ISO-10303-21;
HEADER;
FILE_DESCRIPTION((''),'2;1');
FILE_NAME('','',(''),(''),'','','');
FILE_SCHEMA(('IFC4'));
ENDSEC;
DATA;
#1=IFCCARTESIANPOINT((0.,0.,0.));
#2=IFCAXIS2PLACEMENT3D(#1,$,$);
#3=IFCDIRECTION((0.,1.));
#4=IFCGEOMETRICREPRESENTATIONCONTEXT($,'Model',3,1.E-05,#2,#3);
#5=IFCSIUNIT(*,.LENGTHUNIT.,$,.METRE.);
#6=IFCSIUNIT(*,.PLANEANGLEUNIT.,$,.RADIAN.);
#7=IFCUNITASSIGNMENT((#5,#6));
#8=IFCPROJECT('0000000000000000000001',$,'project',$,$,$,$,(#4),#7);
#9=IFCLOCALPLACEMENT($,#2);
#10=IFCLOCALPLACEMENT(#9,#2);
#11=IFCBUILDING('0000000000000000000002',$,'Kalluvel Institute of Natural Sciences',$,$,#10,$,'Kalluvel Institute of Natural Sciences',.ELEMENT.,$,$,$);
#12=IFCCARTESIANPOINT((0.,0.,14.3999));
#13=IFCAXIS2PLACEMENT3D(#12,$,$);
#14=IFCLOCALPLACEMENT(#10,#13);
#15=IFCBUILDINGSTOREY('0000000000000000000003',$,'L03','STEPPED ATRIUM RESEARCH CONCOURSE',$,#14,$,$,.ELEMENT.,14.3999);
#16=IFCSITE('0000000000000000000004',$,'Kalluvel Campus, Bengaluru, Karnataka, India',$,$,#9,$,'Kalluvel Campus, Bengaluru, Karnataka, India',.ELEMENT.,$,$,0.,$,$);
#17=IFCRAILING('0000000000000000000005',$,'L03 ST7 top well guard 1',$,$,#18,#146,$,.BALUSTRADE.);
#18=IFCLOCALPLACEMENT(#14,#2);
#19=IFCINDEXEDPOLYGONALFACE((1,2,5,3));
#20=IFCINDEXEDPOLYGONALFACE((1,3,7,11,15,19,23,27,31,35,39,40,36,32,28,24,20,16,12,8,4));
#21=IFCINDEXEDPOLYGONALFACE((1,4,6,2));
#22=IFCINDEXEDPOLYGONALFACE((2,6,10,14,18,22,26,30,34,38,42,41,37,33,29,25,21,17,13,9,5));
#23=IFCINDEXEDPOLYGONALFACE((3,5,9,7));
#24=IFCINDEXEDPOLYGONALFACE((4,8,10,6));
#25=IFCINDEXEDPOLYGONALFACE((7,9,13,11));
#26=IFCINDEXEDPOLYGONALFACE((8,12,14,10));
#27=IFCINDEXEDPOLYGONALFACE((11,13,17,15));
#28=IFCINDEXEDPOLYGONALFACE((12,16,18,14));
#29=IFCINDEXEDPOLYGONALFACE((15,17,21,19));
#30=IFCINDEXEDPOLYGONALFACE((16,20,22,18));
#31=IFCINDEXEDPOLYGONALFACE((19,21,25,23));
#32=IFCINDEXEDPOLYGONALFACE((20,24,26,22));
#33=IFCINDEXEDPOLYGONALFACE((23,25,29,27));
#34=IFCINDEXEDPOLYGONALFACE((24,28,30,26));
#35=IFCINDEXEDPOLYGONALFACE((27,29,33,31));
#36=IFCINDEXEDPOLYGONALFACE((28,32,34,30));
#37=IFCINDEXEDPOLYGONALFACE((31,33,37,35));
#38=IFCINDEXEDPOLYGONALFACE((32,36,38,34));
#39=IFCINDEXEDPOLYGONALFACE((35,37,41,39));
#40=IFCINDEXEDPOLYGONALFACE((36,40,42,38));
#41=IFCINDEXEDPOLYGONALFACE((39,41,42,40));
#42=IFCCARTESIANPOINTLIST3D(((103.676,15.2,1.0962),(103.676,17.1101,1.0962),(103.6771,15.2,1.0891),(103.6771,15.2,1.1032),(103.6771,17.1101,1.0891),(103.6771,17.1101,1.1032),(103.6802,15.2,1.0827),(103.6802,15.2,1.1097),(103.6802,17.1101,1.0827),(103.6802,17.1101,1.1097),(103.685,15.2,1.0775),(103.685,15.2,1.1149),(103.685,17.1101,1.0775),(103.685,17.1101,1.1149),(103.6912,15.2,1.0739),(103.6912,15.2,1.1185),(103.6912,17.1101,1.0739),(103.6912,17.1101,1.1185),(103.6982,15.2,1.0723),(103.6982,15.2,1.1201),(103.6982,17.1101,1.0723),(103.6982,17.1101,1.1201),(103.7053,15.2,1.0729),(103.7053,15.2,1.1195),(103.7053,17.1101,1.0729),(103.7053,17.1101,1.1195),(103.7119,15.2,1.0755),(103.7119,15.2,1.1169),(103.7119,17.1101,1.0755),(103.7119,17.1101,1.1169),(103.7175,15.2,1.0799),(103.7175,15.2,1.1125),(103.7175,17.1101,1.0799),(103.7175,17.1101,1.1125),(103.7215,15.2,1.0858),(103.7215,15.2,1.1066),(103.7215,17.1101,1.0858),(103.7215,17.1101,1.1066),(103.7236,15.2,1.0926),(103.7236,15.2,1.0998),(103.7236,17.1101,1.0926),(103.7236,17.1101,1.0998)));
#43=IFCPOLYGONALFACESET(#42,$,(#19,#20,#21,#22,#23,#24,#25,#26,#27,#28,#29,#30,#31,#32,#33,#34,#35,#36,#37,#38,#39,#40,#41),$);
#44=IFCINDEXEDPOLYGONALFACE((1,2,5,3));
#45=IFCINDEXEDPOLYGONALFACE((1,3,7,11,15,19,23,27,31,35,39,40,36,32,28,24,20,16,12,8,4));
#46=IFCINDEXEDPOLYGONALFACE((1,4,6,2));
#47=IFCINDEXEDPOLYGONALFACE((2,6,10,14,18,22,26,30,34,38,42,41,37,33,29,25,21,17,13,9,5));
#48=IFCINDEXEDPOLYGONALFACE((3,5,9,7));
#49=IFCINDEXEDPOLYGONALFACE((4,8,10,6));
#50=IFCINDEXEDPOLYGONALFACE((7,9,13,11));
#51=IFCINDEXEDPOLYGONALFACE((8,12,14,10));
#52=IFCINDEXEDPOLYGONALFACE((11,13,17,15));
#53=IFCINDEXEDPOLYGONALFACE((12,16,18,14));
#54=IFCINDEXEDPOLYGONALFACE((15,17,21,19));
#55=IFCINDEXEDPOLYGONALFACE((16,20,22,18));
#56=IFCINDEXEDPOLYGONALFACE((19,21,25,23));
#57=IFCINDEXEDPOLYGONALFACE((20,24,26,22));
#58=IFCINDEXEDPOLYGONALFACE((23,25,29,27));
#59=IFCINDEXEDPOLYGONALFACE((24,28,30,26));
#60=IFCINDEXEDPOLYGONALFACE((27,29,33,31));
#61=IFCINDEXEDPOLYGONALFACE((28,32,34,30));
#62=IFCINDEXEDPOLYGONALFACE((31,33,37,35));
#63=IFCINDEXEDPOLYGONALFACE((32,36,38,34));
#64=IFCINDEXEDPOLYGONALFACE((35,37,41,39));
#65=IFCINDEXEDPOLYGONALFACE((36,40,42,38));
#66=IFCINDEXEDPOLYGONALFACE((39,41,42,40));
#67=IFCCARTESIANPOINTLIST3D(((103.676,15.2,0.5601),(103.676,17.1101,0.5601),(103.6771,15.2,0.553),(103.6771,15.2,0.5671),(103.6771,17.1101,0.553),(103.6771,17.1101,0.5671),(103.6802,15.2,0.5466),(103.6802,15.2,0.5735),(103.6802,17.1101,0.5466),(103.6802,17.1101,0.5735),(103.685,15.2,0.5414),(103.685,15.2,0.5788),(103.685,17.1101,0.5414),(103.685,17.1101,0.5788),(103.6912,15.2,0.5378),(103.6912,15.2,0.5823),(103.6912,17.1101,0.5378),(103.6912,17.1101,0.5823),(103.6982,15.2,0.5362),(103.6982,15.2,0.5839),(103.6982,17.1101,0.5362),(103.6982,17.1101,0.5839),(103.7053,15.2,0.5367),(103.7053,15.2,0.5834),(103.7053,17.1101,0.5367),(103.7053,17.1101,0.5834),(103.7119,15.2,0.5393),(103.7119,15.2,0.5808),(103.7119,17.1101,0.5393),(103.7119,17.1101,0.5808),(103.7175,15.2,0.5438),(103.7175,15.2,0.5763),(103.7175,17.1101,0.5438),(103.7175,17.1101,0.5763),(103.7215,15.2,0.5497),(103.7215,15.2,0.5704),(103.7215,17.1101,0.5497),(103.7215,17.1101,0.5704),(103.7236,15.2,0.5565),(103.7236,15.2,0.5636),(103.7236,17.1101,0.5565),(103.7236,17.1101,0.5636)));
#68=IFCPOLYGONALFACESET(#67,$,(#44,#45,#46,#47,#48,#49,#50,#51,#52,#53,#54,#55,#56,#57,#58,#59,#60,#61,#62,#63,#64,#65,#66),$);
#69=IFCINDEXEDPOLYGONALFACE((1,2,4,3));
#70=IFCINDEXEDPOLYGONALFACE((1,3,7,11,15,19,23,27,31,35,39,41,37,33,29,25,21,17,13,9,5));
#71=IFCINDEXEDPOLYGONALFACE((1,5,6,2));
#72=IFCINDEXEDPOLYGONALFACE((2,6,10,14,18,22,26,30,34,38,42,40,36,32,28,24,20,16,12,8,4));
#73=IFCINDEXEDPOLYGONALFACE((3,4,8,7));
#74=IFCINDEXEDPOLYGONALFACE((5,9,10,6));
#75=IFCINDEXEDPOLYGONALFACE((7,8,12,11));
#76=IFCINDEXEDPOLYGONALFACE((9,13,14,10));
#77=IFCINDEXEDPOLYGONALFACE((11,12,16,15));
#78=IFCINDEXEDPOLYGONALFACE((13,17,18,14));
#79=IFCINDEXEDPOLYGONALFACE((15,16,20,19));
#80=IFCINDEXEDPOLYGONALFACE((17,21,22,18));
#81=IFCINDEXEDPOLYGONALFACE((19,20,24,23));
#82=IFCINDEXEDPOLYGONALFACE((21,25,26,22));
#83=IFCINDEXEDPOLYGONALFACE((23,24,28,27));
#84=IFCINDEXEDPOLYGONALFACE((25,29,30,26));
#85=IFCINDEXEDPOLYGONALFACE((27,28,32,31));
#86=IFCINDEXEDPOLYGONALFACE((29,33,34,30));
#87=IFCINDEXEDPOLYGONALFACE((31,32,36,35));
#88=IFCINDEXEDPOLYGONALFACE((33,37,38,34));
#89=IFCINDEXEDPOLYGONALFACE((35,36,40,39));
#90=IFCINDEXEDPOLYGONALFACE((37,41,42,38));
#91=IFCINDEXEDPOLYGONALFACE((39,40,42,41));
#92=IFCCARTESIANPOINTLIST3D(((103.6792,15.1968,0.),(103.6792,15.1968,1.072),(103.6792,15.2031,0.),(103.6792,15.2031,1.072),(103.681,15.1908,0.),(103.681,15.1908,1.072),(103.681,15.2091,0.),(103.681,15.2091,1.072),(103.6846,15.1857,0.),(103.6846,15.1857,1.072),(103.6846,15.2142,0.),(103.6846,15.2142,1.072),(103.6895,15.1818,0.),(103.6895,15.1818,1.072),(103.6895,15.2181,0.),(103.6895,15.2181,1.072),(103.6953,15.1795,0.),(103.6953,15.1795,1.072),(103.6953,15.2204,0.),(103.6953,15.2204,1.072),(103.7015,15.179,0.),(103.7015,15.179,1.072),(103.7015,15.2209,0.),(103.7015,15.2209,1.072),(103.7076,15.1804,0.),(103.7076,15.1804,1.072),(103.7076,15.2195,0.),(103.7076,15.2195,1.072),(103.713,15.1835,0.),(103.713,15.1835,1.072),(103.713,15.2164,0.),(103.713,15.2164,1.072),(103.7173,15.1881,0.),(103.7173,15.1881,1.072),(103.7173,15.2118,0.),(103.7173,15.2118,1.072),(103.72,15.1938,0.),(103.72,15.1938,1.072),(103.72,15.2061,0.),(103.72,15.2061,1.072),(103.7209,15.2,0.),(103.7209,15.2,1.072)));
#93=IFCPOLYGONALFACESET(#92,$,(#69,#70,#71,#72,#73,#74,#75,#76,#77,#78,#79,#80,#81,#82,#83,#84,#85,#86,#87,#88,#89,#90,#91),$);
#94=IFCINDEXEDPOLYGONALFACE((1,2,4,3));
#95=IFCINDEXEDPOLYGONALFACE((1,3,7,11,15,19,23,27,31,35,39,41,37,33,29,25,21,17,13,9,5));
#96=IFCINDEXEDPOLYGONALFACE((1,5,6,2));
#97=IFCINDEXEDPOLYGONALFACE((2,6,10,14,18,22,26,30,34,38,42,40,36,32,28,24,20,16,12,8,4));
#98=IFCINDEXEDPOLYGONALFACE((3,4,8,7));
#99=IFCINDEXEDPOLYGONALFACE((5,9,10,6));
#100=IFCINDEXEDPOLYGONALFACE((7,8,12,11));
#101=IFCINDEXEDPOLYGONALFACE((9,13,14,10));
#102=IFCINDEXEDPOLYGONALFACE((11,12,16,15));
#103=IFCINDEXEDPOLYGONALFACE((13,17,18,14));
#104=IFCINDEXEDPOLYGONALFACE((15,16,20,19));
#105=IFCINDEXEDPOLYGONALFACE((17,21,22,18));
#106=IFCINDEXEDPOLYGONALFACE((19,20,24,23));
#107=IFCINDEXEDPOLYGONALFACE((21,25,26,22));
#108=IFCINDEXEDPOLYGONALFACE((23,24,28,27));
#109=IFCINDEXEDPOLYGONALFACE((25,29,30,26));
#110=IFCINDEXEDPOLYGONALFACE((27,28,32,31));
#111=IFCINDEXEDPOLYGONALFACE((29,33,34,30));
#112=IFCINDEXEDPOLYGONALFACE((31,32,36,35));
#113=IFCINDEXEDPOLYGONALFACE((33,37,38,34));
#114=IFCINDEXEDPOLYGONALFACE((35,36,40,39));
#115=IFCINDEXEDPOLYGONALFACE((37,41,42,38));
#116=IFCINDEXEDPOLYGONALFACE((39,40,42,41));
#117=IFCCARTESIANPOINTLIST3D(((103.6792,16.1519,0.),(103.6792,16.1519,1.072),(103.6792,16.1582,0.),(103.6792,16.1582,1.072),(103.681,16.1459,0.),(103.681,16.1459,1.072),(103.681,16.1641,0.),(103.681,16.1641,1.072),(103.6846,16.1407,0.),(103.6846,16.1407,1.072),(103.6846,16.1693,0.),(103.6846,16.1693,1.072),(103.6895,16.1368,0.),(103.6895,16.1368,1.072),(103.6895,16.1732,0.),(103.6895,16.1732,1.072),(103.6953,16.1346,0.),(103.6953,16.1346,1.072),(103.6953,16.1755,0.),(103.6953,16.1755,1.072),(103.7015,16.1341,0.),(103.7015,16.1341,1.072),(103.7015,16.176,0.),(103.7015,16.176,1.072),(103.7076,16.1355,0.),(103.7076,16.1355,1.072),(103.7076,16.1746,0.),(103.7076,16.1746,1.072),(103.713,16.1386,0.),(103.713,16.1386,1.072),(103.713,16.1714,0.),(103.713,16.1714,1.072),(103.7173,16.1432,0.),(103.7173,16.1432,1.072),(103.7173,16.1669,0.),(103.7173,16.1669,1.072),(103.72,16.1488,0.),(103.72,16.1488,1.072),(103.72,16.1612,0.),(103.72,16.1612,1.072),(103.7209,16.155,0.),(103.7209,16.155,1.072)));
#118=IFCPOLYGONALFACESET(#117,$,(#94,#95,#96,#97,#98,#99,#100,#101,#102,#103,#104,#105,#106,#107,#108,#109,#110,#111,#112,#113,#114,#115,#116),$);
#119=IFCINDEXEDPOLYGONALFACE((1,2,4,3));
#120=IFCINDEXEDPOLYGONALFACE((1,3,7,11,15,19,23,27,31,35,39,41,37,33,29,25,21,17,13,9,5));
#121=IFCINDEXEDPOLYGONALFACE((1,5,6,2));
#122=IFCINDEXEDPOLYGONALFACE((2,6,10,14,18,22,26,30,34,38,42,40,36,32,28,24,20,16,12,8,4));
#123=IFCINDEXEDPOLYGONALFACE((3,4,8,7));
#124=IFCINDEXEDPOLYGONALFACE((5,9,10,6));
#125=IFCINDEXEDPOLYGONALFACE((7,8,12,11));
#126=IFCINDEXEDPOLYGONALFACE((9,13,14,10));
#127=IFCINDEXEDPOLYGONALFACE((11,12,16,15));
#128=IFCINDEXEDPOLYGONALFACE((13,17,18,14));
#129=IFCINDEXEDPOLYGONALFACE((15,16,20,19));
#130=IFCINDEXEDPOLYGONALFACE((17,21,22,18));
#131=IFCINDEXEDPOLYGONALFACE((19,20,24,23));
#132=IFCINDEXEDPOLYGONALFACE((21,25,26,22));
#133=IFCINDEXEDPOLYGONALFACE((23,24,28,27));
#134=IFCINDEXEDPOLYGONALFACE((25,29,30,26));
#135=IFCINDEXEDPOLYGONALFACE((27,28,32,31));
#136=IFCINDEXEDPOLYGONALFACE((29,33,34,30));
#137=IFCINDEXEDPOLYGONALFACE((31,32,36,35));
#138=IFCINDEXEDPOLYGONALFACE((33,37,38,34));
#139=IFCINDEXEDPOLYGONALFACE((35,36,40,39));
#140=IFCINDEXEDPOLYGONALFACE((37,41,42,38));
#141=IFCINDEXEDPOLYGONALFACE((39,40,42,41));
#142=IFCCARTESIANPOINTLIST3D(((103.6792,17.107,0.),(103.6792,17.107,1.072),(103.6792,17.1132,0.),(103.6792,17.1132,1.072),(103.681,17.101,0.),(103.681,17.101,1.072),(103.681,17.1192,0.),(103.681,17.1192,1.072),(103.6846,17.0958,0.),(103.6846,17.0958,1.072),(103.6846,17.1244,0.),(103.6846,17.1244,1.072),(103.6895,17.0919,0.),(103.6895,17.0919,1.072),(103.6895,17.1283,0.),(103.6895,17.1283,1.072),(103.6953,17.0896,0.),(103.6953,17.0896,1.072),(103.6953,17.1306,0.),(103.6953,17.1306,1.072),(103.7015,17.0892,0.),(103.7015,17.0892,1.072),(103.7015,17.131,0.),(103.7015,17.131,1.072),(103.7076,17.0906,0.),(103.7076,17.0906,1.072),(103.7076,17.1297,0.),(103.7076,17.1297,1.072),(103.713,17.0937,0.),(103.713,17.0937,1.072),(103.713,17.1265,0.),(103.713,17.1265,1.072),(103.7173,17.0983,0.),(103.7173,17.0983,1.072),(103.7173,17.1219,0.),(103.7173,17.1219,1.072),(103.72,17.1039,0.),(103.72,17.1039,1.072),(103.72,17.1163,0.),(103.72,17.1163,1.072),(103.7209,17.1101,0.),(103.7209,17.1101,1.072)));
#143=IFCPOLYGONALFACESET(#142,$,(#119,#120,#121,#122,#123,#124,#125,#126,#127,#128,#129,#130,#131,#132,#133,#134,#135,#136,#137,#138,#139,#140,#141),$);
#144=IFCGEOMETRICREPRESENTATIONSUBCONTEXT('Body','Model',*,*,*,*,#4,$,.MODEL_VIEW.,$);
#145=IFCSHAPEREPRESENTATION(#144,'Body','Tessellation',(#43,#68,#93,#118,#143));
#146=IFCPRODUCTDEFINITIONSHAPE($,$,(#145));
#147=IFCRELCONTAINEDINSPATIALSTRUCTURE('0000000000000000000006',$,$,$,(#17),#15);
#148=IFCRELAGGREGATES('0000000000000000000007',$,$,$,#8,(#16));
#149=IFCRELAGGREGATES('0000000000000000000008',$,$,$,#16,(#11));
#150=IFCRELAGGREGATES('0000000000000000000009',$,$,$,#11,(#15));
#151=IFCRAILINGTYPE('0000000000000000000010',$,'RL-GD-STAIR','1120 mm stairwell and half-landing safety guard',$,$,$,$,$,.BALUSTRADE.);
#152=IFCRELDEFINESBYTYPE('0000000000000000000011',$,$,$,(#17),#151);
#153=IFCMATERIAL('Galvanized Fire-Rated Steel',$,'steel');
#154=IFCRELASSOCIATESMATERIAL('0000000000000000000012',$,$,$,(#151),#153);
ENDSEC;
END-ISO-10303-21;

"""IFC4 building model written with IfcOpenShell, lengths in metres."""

from ifc_helpers import new_model, si_unit, direction, frame, origin, origin_2d, place, context, subcontext, project, spatial, circle, extrude, material, type_object, element, save


model = new_model("IFC4")

# Units and contexts
model_context = context("Model", 3, precision=1e-05, world=origin(), true_north=direction((0.0, 1.0)))
body_context = subcontext(model_context, "Body", "Model", "MODEL_VIEW")
ifc_project = project(units=[si_unit("LENGTHUNIT", "METRE"), si_unit("PLANEANGLEUNIT", "RADIAN")], contexts=[model_context])

# Site, building, storey
site_placement = place(None, origin())
site = spatial("IfcSite", under=ifc_project, at=site_placement, Name="Kalluvel Campus, Bengaluru, Karnataka, India", LongName="Kalluvel Campus, Bengaluru, Karnataka, India", CompositionType="ELEMENT", RefElevation=0.0)
building_placement = place(site_placement, origin())
building = spatial("IfcBuilding", under=site, at=building_placement, Name="Kalluvel Institute of Natural Sciences", LongName="Kalluvel Institute of Natural Sciences", CompositionType="ELEMENT")
storey_placement = place(building_placement, frame((0.0, 0.0, 14.3999)))
storey = spatial("IfcBuildingStorey", under=building, at=storey_placement, Name="L03", Description="STEPPED ATRIUM RESEARCH CONCOURSE", CompositionType="ELEMENT", Elevation=14.3999)

# Shared definitions
ifc_material_1 = material(Name="Galvanized Fire-Rated Steel", Category="steel")

# Railing
railing_type = type_object("IfcRailingType", Name="RL-GD-STAIR", Description="1120 mm stairwell and half-landing safety guard", PredefinedType="BALUSTRADE", material=ifc_material_1)
railing_placement = place(storey_placement, frame((103.7, 15.2, 0.0)))
element("IfcRailing", 1, at=railing_placement, inside=storey, type_object=railing_type, Name="L03 ST7 top well guard 1", PredefinedType="BALUSTRADE", context=body_context, shape_type="SweptSolid", body=[
    extrude(circle(Radius=0.0239, at=origin_2d()), frame((0.0, 0.0, 1.0962), z_axis=(0.0, 1.0, 0.0), x_axis=(-1.0, 0.0, 0.0)), (0.0, 0.0, 1.0), 1.9102),
    extrude(circle(Radius=0.0239, at=origin_2d()), frame((0.0, 0.0, 0.5601), z_axis=(0.0, 1.0, 0.0), x_axis=(-1.0, 0.0, 0.0)), (0.0, 0.0, 1.0), 1.9102),
    extrude(circle(Radius=0.021, at=origin_2d()), origin(), (0.0, 0.0, 1.0), 1.072),
    extrude(circle(Radius=0.021, at=origin_2d()), frame((0.0, 0.9551, 0.0)), (0.0, 0.0, 1.0), 1.072),
    extrude(circle(Radius=0.021, at=origin_2d()), frame((0.0, 1.9102, 0.0)), (0.0, 0.0, 1.0), 1.072),
])

save(model, "model.ifc")
